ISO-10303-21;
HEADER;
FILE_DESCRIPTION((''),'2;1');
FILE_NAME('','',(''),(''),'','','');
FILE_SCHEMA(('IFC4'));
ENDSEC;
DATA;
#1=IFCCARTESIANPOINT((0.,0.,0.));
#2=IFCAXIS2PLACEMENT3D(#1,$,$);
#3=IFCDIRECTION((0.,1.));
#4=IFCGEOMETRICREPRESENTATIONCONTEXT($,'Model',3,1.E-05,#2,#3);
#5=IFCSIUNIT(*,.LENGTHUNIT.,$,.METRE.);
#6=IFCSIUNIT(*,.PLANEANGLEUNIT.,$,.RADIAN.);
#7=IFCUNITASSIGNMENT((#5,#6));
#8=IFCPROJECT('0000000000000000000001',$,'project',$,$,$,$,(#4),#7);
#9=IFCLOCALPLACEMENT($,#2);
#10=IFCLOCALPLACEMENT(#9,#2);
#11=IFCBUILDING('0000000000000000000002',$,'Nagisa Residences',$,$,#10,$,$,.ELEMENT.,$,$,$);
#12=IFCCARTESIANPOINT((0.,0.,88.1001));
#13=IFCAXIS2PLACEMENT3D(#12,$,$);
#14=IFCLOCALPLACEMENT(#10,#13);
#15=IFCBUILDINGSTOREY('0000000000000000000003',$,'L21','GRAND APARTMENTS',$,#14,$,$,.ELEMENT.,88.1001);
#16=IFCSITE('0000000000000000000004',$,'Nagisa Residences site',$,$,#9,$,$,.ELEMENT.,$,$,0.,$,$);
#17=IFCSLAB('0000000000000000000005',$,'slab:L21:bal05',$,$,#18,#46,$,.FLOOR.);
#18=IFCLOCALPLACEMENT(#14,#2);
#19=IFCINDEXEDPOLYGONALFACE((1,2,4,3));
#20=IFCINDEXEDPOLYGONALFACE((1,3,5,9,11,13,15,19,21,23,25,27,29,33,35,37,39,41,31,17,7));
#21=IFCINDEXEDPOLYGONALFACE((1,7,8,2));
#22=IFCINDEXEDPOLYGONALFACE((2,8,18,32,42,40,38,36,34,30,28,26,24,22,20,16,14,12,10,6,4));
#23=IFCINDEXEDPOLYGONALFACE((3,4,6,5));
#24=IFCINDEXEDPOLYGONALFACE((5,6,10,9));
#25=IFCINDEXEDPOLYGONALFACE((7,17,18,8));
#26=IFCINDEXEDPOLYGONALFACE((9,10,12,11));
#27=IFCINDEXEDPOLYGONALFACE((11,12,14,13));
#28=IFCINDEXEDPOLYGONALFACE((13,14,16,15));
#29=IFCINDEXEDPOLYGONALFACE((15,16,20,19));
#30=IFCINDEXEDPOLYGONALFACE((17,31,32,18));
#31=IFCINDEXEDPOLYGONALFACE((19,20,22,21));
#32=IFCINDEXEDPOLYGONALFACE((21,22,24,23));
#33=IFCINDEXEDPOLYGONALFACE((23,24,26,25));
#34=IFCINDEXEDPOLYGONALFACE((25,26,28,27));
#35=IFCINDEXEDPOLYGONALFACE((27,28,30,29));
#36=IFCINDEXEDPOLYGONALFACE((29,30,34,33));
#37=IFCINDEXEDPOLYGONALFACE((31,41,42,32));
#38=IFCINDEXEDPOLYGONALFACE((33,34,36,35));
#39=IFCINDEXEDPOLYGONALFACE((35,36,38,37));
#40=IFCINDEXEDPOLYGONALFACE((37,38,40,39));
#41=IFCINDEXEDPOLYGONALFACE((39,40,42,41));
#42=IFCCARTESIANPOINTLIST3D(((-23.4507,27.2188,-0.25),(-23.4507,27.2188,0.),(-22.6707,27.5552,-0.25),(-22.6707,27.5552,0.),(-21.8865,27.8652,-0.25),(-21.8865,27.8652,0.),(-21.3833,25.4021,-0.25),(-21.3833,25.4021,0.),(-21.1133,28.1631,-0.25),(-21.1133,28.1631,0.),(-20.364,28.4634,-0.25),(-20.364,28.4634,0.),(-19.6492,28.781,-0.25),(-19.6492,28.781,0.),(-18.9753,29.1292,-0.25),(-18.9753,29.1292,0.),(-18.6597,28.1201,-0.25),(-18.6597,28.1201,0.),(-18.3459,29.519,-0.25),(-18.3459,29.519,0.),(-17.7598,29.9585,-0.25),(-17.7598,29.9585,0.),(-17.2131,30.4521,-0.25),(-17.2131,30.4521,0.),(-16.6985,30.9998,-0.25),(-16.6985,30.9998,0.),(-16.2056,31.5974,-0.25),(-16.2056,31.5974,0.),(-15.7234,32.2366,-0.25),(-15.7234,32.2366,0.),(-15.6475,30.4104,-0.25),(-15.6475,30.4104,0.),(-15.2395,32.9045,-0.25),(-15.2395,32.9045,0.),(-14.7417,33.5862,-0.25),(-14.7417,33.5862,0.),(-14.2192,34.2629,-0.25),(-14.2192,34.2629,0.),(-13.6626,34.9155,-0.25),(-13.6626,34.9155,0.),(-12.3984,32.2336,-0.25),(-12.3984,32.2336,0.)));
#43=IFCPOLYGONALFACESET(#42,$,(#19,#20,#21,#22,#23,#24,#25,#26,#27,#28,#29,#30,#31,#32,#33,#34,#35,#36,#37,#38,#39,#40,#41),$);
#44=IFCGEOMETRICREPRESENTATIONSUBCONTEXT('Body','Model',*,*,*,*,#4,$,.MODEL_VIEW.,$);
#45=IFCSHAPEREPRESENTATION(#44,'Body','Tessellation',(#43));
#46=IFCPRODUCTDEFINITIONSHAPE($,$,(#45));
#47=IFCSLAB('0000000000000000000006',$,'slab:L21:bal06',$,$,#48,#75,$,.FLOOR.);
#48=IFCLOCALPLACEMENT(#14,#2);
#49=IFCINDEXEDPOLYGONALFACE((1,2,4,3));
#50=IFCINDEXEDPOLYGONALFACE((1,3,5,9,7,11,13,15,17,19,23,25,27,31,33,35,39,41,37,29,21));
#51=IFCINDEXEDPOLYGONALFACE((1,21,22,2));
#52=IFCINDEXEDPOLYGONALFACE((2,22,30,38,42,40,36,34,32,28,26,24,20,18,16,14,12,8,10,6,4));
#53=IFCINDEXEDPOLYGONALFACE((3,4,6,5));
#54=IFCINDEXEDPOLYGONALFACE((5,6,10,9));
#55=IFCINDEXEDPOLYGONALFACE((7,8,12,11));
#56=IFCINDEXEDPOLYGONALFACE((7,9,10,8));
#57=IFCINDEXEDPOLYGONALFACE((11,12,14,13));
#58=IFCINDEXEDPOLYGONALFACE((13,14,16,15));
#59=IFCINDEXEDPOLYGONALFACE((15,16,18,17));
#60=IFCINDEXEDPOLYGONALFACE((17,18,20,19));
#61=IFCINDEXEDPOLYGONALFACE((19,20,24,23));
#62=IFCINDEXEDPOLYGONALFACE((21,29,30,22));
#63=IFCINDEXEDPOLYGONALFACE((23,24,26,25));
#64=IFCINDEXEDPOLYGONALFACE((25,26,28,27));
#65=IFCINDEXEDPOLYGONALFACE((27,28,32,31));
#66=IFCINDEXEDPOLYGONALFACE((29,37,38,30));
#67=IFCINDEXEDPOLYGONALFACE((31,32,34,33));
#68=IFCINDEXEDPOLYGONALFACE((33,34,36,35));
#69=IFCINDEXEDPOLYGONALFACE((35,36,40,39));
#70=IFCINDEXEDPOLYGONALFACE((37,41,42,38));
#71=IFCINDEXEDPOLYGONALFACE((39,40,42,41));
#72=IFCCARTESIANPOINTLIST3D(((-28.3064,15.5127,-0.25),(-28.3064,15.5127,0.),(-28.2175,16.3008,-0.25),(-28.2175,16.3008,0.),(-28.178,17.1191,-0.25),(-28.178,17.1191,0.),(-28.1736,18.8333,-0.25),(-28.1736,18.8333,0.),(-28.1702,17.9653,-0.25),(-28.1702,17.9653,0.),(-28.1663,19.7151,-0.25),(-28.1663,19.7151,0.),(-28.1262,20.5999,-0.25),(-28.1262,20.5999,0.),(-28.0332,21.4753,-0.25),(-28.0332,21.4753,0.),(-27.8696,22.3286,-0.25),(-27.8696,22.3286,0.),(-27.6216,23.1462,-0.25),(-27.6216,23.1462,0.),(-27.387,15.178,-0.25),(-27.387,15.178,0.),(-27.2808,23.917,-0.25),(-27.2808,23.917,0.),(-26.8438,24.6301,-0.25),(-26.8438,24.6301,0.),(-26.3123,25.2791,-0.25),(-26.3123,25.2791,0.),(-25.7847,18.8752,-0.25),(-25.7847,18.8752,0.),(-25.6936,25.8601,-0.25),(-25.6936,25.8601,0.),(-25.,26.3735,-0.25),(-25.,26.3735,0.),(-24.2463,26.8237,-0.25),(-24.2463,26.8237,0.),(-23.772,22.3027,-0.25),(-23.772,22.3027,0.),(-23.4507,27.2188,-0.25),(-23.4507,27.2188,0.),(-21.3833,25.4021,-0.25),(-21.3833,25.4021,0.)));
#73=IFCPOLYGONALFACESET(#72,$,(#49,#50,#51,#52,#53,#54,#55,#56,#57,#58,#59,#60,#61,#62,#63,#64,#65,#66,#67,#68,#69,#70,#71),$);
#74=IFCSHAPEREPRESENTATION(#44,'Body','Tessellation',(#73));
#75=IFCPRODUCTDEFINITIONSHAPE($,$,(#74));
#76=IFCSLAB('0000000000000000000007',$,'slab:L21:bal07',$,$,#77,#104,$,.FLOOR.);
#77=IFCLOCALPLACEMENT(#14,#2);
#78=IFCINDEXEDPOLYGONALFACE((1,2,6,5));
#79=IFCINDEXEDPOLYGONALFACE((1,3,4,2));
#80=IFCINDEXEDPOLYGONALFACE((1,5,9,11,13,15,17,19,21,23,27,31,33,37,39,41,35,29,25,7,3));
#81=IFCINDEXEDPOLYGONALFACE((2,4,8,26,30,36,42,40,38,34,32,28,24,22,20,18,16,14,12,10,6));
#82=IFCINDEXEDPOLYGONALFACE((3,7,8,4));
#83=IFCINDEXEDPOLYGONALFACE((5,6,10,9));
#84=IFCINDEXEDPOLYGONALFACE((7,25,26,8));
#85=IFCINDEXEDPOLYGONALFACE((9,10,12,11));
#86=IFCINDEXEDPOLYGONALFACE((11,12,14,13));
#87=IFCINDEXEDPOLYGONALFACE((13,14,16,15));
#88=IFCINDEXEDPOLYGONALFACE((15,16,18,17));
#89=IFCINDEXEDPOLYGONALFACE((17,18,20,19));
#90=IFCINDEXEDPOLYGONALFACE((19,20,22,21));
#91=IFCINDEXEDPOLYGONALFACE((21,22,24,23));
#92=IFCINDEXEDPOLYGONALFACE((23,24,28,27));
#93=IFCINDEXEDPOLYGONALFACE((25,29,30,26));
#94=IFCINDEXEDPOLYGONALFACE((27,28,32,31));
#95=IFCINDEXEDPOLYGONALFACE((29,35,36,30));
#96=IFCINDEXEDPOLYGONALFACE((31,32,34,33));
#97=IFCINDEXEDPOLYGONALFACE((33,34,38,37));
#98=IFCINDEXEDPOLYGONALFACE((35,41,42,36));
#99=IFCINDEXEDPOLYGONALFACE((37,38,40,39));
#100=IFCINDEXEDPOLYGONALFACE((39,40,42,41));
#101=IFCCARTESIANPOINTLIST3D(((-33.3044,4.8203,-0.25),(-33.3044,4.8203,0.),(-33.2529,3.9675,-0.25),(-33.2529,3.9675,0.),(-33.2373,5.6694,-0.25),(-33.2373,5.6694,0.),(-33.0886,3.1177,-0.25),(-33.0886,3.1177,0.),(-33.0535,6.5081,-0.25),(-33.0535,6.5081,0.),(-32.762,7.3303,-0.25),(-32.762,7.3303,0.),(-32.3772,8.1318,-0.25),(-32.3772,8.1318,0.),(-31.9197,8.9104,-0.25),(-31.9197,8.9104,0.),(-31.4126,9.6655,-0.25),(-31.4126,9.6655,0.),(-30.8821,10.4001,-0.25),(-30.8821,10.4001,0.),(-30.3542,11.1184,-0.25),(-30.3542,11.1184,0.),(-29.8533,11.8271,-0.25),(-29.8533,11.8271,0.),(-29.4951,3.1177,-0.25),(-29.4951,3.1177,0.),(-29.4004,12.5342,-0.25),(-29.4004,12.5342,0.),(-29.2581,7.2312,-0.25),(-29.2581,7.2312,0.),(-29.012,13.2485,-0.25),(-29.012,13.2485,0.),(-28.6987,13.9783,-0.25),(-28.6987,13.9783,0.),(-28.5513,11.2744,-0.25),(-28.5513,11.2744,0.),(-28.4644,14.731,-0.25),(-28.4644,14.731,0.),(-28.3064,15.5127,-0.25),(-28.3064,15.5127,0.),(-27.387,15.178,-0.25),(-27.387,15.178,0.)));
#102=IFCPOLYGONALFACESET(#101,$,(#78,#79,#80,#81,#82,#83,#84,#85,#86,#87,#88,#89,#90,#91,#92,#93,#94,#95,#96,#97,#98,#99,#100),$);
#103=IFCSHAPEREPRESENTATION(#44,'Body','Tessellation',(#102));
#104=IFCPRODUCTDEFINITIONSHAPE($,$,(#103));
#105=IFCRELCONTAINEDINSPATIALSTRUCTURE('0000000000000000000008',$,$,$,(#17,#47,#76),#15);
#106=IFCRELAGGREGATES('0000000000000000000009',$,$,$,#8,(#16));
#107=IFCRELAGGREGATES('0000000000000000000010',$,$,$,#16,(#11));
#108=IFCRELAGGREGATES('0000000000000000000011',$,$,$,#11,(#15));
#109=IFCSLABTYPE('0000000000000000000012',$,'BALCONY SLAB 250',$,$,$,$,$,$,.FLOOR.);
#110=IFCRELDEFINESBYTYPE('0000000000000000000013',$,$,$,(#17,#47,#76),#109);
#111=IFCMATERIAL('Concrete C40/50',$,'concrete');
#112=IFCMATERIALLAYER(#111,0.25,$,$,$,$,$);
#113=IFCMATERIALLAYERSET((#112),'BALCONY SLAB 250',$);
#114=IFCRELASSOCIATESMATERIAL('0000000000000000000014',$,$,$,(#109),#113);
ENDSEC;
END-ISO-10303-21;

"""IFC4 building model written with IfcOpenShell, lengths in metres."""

from ifc_helpers import new_model, si_unit, direction, frame, origin, place, context, subcontext, project, spatial, polyline, outline, extrude, material, layer, layer_set, type_object, element, save


model = new_model("IFC4")

# Units and contexts
model_context = context("Model", 3, precision=1e-05, world=origin(), true_north=direction((0.0, 1.0)))
body_context = subcontext(model_context, "Body", "Model", "MODEL_VIEW")
ifc_project = project(units=[si_unit("LENGTHUNIT", "METRE"), si_unit("PLANEANGLEUNIT", "RADIAN")], contexts=[model_context])

# Site, building, storey
site_placement = place(None, origin())
site = spatial("IfcSite", under=ifc_project, at=site_placement, Name="Nagisa Residences site", CompositionType="ELEMENT", RefElevation=0.0)
building_placement = place(site_placement, origin())
building = spatial("IfcBuilding", under=site, at=building_placement, Name="Nagisa Residences", CompositionType="ELEMENT")
storey_placement = place(building_placement, frame((0.0, 0.0, 88.1001)))
storey = spatial("IfcBuildingStorey", under=building, at=storey_placement, Name="L21", Description="GRAND APARTMENTS", CompositionType="ELEMENT", Elevation=88.1001)

# Slabs
ifc_material_1 = material(Name="Concrete C40/50", Category="concrete")
ifc_layer_1 = layer(ifc_material_1, 0.25)
ifc_layer_set_1 = layer_set([ifc_layer_1], Name="BALCONY SLAB 250")
slab_type_1 = type_object("IfcSlabType", Name="BALCONY SLAB 250", PredefinedType="FLOOR", material=ifc_layer_set_1)
slab_1_placement = place(storey_placement, frame((0.0, 0.0, -0.25)))
element("IfcSlab", 1, at=slab_1_placement, inside=storey, type_object=slab_type_1, Name="slab:L21:bal05", PredefinedType="FLOOR", context=body_context, shape_type="SweptSolid", body=[
    extrude(outline(polyline([(-13.6626, 34.9155), (-14.2192, 34.2629), (-14.7417, 33.5862), (-15.2395, 32.9045), (-15.7234, 32.2366), (-16.2056, 31.5974), (-16.6985, 30.9998), (-17.2131, 30.4521), (-17.7598, 29.9585), (-18.3459, 29.519), (-18.9753, 29.1292), (-19.6492, 28.781), (-20.364, 28.4634), (-21.1133, 28.1631), (-21.8865, 27.8652), (-22.6707, 27.5552), (-23.4507, 27.2188), (-21.3833, 25.4021), (-18.6597, 28.1201), (-15.6475, 30.4104), (-12.3984, 32.2336), (-13.6626, 34.9155)])), origin(), (0.0, 0.0, 1.0), 0.25),
])
slab_2_placement = place(storey_placement, frame((0.0, 0.0, -0.25)))
element("IfcSlab", 2, at=slab_2_placement, inside=storey, type_object=slab_type_1, Name="slab:L21:bal06", PredefinedType="FLOOR", context=body_context, shape_type="SweptSolid", body=[
    extrude(outline(polyline([(-23.4507, 27.2188), (-24.2463, 26.8237), (-25.0, 26.3735), (-25.6936, 25.8601), (-26.3123, 25.2791), (-26.8438, 24.6301), (-27.2808, 23.917), (-27.6216, 23.1462), (-27.8696, 22.3286), (-28.0332, 21.4753), (-28.1262, 20.5999), (-28.1663, 19.7151), (-28.1736, 18.8333), (-28.1702, 17.9653), (-28.178, 17.1191), (-28.2175, 16.3008), (-28.3064, 15.5127), (-27.387, 15.178), (-25.7847, 18.8752), (-23.772, 22.3027), (-21.3833, 25.4021), (-23.4507, 27.2188)])), origin(), (0.0, 0.0, 1.0), 0.25),
])
slab_3_placement = place(storey_placement, frame((0.0, 0.0, -0.25)))
element("IfcSlab", 3, at=slab_3_placement, inside=storey, type_object=slab_type_1, Name="slab:L21:bal07", PredefinedType="FLOOR", context=body_context, shape_type="SweptSolid", body=[
    extrude(outline(polyline([(-28.3064, 15.5127), (-28.4644, 14.731), (-28.6987, 13.9783), (-29.012, 13.2485), (-29.4004, 12.5342), (-29.8533, 11.8271), (-30.3542, 11.1184), (-30.8821, 10.4001), (-31.4126, 9.6655), (-31.9197, 8.9104), (-32.3772, 8.1318), (-32.762, 7.3303), (-33.0535, 6.5081), (-33.2373, 5.6694), (-33.3044, 4.8203), (-33.2529, 3.9675), (-33.0886, 3.1177), (-29.4951, 3.1177), (-29.2581, 7.2312), (-28.5513, 11.2744), (-27.387, 15.178), (-28.3064, 15.5127)])), origin(), (0.0, 0.0, 1.0), 0.25),
])

save(model, "model.ifc")
